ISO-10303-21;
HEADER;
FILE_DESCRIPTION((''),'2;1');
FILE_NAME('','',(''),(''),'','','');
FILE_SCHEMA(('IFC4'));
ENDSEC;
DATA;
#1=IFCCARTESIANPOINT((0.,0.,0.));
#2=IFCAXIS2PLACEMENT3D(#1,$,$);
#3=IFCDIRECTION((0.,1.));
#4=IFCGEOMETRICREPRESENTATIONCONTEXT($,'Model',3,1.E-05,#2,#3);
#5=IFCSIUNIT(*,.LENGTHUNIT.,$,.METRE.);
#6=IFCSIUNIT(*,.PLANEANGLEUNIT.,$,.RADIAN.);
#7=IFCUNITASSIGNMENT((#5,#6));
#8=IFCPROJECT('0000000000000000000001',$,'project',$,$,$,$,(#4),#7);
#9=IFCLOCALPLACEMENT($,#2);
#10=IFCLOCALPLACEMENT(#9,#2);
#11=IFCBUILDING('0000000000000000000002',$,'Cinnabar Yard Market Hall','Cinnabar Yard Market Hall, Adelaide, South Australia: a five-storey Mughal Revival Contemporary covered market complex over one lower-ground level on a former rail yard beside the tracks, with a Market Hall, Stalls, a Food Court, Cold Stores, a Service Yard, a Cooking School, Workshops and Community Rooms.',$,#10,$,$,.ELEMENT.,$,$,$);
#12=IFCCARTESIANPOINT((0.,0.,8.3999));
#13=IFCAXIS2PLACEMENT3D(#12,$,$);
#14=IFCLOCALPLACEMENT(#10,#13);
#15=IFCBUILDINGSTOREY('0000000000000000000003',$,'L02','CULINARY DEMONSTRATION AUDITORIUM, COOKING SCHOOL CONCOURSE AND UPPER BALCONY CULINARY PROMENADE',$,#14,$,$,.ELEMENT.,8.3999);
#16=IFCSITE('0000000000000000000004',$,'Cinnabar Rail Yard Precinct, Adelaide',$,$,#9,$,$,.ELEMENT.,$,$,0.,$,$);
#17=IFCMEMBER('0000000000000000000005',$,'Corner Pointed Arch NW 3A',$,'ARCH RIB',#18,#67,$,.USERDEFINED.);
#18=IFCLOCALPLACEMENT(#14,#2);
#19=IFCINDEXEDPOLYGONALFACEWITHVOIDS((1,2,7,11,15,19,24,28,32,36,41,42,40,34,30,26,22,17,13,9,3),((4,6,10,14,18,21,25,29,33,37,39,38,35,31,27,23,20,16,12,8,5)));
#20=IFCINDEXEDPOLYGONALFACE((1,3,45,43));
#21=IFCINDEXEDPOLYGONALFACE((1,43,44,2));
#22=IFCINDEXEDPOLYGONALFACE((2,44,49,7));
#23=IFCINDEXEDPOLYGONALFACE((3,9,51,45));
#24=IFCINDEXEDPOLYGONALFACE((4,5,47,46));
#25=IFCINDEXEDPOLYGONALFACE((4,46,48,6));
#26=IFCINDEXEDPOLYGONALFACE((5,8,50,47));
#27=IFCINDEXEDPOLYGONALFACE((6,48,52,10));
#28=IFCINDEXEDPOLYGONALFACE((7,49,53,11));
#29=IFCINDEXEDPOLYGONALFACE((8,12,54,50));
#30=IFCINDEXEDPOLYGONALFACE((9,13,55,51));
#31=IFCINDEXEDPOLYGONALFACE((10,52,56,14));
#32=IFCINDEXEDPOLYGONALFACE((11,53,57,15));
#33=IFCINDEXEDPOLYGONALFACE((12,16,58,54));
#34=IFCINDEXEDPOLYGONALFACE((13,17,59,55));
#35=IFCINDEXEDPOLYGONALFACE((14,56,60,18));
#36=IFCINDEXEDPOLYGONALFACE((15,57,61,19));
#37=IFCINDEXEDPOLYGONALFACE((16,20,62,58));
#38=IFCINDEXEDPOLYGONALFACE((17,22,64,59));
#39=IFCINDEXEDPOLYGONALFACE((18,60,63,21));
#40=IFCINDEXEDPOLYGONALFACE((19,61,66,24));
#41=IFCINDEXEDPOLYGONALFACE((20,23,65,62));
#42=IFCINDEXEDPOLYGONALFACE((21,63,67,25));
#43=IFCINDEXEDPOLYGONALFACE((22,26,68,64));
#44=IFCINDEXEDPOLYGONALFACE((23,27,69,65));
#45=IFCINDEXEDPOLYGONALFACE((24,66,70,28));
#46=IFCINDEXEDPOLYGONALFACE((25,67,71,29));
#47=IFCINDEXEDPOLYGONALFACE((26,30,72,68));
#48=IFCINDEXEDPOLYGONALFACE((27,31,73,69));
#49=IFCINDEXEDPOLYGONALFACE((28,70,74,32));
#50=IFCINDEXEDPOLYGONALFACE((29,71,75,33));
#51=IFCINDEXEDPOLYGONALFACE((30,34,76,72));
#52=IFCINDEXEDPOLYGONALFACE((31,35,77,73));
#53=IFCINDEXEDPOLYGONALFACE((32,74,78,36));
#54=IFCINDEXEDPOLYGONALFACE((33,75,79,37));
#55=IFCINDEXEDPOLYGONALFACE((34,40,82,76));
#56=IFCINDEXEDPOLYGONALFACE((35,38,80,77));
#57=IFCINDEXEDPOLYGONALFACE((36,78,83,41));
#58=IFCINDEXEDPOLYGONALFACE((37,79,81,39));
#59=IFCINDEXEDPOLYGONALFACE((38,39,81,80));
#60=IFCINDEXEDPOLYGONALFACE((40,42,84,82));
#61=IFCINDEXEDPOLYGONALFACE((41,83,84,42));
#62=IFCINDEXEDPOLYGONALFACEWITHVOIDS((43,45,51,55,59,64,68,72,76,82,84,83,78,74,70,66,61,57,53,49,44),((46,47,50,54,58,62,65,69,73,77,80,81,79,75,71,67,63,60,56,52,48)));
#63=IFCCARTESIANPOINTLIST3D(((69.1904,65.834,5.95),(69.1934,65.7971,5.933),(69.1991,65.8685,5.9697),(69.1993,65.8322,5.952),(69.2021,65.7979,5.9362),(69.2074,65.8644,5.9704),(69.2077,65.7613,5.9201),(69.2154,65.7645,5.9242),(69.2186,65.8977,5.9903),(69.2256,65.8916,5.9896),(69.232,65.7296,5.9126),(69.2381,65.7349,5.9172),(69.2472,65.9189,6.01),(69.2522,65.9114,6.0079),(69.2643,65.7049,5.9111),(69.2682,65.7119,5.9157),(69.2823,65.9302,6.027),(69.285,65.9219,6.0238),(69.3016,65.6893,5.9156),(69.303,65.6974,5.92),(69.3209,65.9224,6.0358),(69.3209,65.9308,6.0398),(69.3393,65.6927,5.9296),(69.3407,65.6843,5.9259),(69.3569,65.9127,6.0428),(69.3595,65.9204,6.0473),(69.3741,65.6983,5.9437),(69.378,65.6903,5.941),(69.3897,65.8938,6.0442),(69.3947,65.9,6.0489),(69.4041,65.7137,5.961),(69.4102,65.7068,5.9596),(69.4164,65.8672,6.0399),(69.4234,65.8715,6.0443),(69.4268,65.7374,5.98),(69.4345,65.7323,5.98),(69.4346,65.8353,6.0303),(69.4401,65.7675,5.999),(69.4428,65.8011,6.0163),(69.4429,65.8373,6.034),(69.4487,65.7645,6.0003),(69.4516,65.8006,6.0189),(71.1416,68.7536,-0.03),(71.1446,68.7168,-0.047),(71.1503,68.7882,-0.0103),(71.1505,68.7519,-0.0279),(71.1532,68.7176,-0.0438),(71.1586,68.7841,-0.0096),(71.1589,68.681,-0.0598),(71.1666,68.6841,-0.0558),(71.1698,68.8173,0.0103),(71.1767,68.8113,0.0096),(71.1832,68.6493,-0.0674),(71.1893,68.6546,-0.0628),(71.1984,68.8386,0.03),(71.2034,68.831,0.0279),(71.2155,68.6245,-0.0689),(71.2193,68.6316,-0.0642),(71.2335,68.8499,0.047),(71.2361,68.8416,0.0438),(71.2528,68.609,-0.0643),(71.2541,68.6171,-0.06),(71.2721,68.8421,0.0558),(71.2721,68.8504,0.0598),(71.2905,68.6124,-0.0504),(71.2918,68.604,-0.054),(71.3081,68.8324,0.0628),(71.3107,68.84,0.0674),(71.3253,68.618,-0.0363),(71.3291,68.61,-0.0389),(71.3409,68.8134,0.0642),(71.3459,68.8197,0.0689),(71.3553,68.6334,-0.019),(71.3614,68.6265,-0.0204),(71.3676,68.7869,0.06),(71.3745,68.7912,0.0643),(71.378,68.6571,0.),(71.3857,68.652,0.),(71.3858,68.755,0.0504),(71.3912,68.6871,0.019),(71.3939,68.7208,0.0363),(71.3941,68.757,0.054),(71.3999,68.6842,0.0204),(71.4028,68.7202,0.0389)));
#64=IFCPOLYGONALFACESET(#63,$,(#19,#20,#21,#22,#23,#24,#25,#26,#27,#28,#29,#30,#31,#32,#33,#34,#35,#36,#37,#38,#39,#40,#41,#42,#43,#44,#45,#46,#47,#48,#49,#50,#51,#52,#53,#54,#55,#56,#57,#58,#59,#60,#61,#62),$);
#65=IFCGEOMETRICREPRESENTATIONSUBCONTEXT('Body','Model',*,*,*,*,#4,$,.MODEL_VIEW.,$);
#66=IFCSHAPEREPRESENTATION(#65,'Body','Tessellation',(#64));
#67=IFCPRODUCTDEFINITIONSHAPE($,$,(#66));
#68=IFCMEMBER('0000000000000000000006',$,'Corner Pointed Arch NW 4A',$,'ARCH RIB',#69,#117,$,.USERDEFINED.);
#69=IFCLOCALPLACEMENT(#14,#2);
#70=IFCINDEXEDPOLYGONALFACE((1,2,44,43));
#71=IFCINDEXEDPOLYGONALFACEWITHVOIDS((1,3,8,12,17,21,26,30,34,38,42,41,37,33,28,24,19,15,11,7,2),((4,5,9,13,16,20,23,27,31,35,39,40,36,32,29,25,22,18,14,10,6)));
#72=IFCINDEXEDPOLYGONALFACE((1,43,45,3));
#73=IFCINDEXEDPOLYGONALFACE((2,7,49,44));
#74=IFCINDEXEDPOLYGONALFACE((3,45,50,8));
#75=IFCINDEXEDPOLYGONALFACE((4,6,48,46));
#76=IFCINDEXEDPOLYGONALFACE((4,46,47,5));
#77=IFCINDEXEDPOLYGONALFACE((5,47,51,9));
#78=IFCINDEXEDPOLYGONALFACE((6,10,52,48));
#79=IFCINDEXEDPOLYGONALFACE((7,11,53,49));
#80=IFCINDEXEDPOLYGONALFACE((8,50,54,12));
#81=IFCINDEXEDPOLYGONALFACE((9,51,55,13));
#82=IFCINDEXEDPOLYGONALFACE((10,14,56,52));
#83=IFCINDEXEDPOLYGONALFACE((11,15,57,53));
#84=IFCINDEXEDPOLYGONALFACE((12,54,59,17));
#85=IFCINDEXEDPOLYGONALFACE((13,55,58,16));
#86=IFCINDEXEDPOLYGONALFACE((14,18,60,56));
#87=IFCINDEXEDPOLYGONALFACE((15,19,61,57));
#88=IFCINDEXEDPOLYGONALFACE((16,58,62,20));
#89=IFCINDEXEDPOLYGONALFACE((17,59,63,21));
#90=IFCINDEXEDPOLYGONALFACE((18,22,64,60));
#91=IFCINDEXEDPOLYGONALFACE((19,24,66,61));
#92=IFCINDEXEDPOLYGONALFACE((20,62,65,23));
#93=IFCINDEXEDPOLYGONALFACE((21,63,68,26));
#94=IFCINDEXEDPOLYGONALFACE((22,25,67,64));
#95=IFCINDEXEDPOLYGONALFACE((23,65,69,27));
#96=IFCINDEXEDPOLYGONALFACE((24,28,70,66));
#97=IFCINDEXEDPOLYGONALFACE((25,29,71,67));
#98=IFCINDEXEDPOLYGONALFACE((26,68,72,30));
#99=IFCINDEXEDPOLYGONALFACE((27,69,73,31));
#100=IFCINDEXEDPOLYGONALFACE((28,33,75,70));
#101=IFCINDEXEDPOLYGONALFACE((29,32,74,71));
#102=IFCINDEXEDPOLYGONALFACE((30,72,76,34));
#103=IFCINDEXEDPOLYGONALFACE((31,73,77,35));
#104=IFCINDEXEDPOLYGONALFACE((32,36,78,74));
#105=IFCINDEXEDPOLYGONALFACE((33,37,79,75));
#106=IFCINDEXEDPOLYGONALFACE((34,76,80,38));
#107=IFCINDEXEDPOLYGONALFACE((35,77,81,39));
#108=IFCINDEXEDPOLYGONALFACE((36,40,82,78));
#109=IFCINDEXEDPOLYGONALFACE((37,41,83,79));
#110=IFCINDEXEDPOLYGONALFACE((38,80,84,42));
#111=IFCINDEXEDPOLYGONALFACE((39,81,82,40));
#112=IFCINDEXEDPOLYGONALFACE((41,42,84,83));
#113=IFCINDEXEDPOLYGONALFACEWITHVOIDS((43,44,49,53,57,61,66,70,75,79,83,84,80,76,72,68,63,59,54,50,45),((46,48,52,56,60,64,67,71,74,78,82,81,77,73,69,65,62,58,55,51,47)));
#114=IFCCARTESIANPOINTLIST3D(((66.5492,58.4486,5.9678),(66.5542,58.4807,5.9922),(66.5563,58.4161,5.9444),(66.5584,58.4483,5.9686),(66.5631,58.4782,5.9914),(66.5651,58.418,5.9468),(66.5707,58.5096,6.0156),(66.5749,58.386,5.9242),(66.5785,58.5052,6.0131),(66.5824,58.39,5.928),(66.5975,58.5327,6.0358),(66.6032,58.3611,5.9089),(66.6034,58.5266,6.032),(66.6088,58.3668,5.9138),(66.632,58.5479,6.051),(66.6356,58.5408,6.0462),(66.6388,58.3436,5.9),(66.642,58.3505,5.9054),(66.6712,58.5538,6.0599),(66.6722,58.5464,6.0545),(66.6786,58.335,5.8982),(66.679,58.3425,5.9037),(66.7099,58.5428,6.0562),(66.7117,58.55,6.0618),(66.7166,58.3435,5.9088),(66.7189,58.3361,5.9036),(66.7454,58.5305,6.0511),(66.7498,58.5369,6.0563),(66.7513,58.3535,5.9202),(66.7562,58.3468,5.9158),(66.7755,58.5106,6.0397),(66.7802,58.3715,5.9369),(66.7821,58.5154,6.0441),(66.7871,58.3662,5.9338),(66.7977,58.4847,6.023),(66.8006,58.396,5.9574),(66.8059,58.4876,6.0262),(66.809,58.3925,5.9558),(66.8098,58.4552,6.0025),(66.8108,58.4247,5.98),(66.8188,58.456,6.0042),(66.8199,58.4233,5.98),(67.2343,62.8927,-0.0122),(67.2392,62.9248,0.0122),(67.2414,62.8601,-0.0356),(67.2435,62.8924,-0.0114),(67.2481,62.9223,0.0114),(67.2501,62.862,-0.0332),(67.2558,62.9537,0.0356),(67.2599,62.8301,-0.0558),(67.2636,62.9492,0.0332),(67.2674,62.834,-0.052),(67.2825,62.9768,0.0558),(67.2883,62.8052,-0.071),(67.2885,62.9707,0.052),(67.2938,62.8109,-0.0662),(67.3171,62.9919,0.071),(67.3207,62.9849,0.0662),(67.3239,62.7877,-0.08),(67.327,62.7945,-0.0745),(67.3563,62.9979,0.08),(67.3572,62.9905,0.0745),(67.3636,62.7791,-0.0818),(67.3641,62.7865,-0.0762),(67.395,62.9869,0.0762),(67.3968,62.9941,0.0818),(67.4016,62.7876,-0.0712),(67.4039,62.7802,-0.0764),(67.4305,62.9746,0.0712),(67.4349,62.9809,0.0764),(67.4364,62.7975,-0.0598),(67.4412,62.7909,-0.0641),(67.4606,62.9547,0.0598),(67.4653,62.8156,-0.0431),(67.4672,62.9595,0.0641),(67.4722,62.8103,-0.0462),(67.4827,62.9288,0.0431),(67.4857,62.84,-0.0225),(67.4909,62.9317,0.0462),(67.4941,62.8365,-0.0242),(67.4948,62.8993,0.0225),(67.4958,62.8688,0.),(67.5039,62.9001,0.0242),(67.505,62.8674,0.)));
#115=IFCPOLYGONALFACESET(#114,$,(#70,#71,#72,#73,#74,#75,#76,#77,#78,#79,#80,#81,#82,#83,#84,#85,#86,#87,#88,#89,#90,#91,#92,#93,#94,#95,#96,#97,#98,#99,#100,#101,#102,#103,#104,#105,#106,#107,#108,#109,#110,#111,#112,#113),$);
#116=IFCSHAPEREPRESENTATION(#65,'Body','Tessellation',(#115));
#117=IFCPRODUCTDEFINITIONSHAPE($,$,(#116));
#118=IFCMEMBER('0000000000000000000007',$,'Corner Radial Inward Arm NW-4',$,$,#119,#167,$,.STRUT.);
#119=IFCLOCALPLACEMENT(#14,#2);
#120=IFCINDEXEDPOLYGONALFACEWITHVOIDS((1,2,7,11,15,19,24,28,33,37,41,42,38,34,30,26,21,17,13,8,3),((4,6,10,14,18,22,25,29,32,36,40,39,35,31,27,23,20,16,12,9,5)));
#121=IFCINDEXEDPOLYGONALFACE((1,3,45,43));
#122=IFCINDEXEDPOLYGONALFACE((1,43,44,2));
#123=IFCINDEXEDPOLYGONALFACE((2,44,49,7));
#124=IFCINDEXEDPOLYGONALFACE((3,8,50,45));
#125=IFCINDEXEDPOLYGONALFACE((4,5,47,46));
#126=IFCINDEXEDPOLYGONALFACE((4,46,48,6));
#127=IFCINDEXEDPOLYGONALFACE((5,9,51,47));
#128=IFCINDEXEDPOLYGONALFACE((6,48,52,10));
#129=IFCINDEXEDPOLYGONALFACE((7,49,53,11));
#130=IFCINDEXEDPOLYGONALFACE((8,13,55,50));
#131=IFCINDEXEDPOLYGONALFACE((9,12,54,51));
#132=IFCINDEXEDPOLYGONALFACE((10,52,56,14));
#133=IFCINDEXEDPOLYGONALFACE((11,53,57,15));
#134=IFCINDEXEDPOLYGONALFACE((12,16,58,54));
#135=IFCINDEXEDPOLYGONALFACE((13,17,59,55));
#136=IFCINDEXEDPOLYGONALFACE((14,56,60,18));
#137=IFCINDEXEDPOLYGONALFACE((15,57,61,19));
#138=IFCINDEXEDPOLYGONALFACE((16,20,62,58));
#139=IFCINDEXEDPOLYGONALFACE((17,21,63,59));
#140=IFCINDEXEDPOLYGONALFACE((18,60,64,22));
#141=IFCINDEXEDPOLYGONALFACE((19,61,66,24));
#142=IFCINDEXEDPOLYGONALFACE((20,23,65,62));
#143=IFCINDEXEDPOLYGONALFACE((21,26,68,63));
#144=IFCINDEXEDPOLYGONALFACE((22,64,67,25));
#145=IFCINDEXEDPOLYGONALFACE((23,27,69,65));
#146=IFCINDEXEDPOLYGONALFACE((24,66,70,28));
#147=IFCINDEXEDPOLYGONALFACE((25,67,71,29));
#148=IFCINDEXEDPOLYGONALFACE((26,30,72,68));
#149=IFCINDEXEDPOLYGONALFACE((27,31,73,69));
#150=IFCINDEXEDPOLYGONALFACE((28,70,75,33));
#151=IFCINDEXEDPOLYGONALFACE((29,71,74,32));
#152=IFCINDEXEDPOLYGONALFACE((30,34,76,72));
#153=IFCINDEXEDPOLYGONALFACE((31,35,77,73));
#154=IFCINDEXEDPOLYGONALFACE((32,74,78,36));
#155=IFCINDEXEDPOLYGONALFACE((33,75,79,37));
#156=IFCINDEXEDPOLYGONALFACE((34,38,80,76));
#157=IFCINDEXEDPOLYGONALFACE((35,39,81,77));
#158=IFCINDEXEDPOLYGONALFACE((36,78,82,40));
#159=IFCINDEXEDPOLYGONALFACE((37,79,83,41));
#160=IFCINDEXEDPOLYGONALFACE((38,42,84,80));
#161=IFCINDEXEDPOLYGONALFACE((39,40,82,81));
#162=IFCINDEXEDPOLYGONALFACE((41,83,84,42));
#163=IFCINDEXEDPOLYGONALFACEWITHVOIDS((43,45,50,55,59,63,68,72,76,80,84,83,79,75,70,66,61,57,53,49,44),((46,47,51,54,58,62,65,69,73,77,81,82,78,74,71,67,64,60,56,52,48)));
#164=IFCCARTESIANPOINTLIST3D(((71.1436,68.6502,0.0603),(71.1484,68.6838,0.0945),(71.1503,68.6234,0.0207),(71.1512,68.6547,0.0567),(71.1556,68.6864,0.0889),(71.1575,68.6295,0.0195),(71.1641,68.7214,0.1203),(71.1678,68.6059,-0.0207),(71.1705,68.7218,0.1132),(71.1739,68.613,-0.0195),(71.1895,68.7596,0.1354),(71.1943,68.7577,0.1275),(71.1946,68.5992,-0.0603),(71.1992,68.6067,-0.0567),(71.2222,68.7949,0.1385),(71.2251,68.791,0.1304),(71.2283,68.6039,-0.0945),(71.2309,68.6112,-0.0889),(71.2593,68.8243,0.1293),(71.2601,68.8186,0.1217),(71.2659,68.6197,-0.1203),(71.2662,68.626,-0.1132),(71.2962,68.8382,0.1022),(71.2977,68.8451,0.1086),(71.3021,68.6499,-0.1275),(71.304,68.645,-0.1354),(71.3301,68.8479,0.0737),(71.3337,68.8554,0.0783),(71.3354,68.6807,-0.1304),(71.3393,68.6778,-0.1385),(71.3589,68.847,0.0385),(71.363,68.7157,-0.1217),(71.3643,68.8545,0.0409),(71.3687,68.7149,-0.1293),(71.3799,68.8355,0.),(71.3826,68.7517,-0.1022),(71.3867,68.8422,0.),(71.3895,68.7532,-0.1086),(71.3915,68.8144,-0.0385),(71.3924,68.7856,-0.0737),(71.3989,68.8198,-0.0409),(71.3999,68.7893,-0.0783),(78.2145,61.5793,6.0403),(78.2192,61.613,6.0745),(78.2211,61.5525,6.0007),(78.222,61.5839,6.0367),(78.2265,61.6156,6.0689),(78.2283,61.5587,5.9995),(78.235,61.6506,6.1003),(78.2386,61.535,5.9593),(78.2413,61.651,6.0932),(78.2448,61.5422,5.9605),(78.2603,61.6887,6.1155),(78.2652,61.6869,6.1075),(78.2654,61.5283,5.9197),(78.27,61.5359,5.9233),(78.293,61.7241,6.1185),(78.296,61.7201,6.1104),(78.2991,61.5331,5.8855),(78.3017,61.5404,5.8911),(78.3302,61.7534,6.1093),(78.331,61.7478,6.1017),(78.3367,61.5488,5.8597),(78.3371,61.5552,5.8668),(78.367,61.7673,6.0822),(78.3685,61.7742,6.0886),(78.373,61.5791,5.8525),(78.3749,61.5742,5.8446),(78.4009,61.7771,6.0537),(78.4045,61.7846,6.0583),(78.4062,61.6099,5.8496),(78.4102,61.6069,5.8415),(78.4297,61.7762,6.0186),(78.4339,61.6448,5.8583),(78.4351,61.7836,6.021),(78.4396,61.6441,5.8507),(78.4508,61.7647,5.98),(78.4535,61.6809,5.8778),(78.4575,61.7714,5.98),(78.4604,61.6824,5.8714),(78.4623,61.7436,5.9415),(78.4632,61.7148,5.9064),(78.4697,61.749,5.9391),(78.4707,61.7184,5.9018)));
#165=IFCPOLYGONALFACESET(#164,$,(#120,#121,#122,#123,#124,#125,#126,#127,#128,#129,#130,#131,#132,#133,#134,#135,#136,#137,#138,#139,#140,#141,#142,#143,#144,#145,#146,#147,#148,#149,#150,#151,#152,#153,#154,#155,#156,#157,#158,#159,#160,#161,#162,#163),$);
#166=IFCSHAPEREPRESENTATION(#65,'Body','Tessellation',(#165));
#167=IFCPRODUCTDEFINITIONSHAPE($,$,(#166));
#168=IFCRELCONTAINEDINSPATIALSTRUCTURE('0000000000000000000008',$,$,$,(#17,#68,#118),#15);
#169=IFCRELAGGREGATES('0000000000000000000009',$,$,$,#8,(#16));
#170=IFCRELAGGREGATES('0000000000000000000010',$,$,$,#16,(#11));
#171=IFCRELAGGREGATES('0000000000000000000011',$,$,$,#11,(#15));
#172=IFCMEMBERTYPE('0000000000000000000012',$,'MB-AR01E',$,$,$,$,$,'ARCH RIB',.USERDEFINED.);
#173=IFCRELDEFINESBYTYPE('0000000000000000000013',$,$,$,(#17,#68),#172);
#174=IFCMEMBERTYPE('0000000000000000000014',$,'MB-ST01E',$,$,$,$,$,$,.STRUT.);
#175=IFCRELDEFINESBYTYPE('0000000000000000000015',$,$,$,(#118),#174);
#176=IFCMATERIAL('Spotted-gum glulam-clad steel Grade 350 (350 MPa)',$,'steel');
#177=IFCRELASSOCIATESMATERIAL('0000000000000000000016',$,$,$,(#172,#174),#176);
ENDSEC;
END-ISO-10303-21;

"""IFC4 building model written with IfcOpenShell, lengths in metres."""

from ifc_helpers import new_model, si_unit, direction, frame, origin, origin_2d_with_axis, place, context, subcontext, project, spatial, hollow_circle, extrude, material, material_profile, profile_set, type_object, element, save


model = new_model("IFC4")

# Units and contexts
model_context = context("Model", 3, precision=1e-05, world=origin(), true_north=direction((0.0, 1.0)))
body_context = subcontext(model_context, "Body", "Model", "MODEL_VIEW")
ifc_project = project(units=[si_unit("LENGTHUNIT", "METRE"), si_unit("PLANEANGLEUNIT", "RADIAN")], contexts=[model_context])

# Site, building, storey
site_placement = place(None, origin())
site = spatial("IfcSite", under=ifc_project, at=site_placement, Name="Cinnabar Rail Yard Precinct, Adelaide", CompositionType="ELEMENT", RefElevation=0.0)
building_placement = place(site_placement, origin())
building = spatial("IfcBuilding", under=site, at=building_placement, Name="Cinnabar Yard Market Hall", Description="Cinnabar Yard Market Hall, Adelaide, South Australia: a five-storey Mughal Revival Contemporary covered market complex over one lower-ground level on a former rail yard beside the tracks, with a Market Hall, Stalls, a Food Court, Cold Stores, a Service Yard, a Cooking School, Workshops and Community Rooms.", CompositionType="ELEMENT")
storey_placement = place(building_placement, frame((0.0, 0.0, 8.3999)))
storey = spatial("IfcBuildingStorey", under=building, at=storey_placement, Name="L02", Description="CULINARY DEMONSTRATION AUDITORIUM, COOKING SCHOOL CONCOURSE AND UPPER BALCONY CULINARY PROMENADE", CompositionType="ELEMENT", Elevation=8.3999)

# Shared definitions
ifc_material_1 = material(Name="Spotted-gum glulam-clad steel Grade 350 (350 MPa)", Category="steel")

# Members
ifc_material_profile_1 = material_profile(ifc_material_1, hollow_circle(Radius=0.1365, WallThickness=0.0093, at=origin_2d_with_axis()), Name="273.1x9.3CHS")
ifc_profile_set_1 = profile_set([ifc_material_profile_1], Name="Spotted-gum glulam-clad steel Grade 350 (350 MPa)")
member_type_1 = type_object("IfcMemberType", Name="MB-AR01E", ElementType="ARCH RIB", PredefinedType="USERDEFINED", material=ifc_profile_set_1)
for number, where, z_axis, x_axis, name in (
    (1, (71.2722, 68.7278, 0.0), (-0.281359, -0.421017, 0.862312), (0.831429, -0.55563, 0.0), "Corner Pointed Arch NW 3A"),
):
    element("IfcMember", number, at=place(storey_placement, frame(where, z_axis=z_axis, x_axis=x_axis)), inside=storey, type_object=member_type_1, Name=name, ObjectType="ARCH RIB", PredefinedType="USERDEFINED", context=body_context, shape_type="SweptSolid", body=[
        extrude(hollow_circle(Radius=0.1365, WallThickness=0.0093, at=origin_2d_with_axis()), origin(), (0.0, 0.0, 1.0), 6.9348),
    ])
member_1_placement = place(storey_placement, frame((67.3701, 62.8882, 0.0), z_axis=(-0.091562, -0.593976, 0.799255), x_axis=(0.988326, -0.152351, 0.0)))
element("IfcMember", 2, at=member_1_placement, inside=storey, type_object=member_type_1, Name="Corner Pointed Arch NW 4A", ObjectType="ARCH RIB", PredefinedType="USERDEFINED", context=body_context, shape_type="SweptSolid", body=[
    extrude(hollow_circle(Radius=0.1365, WallThickness=0.0093, at=origin_2d_with_axis()), origin(), (0.0, 0.0, 1.0), 7.4819),
])
ifc_material_profile_2 = material_profile(ifc_material_1, hollow_circle(Radius=0.1619, WallThickness=0.0095, at=origin_2d_with_axis()), Name="323.9x9.5CHS")
ifc_profile_set_2 = profile_set([ifc_material_profile_2], Name="Spotted-gum glulam-clad steel Grade 350 (350 MPa)")
member_type_2 = type_object("IfcMemberType", Name="MB-ST01E", PredefinedType="STRUT", material=ifc_profile_set_2)
member_2_placement = place(storey_placement, frame((71.2722, 68.7278, 0.0), z_axis=(0.606868, -0.606868, 0.513246), x_axis=(0.707107, 0.707107, 0.0)))
element("IfcMember", 3, at=member_2_placement, inside=storey, type_object=member_type_2, Name="Corner Radial Inward Arm NW-4", PredefinedType="STRUT", context=body_context, shape_type="SweptSolid", body=[
    extrude(hollow_circle(Radius=0.1619, WallThickness=0.0095, at=origin_2d_with_axis()), origin(), (0.0, 0.0, 1.0), 11.6514),
])

save(model, "model.ifc")
